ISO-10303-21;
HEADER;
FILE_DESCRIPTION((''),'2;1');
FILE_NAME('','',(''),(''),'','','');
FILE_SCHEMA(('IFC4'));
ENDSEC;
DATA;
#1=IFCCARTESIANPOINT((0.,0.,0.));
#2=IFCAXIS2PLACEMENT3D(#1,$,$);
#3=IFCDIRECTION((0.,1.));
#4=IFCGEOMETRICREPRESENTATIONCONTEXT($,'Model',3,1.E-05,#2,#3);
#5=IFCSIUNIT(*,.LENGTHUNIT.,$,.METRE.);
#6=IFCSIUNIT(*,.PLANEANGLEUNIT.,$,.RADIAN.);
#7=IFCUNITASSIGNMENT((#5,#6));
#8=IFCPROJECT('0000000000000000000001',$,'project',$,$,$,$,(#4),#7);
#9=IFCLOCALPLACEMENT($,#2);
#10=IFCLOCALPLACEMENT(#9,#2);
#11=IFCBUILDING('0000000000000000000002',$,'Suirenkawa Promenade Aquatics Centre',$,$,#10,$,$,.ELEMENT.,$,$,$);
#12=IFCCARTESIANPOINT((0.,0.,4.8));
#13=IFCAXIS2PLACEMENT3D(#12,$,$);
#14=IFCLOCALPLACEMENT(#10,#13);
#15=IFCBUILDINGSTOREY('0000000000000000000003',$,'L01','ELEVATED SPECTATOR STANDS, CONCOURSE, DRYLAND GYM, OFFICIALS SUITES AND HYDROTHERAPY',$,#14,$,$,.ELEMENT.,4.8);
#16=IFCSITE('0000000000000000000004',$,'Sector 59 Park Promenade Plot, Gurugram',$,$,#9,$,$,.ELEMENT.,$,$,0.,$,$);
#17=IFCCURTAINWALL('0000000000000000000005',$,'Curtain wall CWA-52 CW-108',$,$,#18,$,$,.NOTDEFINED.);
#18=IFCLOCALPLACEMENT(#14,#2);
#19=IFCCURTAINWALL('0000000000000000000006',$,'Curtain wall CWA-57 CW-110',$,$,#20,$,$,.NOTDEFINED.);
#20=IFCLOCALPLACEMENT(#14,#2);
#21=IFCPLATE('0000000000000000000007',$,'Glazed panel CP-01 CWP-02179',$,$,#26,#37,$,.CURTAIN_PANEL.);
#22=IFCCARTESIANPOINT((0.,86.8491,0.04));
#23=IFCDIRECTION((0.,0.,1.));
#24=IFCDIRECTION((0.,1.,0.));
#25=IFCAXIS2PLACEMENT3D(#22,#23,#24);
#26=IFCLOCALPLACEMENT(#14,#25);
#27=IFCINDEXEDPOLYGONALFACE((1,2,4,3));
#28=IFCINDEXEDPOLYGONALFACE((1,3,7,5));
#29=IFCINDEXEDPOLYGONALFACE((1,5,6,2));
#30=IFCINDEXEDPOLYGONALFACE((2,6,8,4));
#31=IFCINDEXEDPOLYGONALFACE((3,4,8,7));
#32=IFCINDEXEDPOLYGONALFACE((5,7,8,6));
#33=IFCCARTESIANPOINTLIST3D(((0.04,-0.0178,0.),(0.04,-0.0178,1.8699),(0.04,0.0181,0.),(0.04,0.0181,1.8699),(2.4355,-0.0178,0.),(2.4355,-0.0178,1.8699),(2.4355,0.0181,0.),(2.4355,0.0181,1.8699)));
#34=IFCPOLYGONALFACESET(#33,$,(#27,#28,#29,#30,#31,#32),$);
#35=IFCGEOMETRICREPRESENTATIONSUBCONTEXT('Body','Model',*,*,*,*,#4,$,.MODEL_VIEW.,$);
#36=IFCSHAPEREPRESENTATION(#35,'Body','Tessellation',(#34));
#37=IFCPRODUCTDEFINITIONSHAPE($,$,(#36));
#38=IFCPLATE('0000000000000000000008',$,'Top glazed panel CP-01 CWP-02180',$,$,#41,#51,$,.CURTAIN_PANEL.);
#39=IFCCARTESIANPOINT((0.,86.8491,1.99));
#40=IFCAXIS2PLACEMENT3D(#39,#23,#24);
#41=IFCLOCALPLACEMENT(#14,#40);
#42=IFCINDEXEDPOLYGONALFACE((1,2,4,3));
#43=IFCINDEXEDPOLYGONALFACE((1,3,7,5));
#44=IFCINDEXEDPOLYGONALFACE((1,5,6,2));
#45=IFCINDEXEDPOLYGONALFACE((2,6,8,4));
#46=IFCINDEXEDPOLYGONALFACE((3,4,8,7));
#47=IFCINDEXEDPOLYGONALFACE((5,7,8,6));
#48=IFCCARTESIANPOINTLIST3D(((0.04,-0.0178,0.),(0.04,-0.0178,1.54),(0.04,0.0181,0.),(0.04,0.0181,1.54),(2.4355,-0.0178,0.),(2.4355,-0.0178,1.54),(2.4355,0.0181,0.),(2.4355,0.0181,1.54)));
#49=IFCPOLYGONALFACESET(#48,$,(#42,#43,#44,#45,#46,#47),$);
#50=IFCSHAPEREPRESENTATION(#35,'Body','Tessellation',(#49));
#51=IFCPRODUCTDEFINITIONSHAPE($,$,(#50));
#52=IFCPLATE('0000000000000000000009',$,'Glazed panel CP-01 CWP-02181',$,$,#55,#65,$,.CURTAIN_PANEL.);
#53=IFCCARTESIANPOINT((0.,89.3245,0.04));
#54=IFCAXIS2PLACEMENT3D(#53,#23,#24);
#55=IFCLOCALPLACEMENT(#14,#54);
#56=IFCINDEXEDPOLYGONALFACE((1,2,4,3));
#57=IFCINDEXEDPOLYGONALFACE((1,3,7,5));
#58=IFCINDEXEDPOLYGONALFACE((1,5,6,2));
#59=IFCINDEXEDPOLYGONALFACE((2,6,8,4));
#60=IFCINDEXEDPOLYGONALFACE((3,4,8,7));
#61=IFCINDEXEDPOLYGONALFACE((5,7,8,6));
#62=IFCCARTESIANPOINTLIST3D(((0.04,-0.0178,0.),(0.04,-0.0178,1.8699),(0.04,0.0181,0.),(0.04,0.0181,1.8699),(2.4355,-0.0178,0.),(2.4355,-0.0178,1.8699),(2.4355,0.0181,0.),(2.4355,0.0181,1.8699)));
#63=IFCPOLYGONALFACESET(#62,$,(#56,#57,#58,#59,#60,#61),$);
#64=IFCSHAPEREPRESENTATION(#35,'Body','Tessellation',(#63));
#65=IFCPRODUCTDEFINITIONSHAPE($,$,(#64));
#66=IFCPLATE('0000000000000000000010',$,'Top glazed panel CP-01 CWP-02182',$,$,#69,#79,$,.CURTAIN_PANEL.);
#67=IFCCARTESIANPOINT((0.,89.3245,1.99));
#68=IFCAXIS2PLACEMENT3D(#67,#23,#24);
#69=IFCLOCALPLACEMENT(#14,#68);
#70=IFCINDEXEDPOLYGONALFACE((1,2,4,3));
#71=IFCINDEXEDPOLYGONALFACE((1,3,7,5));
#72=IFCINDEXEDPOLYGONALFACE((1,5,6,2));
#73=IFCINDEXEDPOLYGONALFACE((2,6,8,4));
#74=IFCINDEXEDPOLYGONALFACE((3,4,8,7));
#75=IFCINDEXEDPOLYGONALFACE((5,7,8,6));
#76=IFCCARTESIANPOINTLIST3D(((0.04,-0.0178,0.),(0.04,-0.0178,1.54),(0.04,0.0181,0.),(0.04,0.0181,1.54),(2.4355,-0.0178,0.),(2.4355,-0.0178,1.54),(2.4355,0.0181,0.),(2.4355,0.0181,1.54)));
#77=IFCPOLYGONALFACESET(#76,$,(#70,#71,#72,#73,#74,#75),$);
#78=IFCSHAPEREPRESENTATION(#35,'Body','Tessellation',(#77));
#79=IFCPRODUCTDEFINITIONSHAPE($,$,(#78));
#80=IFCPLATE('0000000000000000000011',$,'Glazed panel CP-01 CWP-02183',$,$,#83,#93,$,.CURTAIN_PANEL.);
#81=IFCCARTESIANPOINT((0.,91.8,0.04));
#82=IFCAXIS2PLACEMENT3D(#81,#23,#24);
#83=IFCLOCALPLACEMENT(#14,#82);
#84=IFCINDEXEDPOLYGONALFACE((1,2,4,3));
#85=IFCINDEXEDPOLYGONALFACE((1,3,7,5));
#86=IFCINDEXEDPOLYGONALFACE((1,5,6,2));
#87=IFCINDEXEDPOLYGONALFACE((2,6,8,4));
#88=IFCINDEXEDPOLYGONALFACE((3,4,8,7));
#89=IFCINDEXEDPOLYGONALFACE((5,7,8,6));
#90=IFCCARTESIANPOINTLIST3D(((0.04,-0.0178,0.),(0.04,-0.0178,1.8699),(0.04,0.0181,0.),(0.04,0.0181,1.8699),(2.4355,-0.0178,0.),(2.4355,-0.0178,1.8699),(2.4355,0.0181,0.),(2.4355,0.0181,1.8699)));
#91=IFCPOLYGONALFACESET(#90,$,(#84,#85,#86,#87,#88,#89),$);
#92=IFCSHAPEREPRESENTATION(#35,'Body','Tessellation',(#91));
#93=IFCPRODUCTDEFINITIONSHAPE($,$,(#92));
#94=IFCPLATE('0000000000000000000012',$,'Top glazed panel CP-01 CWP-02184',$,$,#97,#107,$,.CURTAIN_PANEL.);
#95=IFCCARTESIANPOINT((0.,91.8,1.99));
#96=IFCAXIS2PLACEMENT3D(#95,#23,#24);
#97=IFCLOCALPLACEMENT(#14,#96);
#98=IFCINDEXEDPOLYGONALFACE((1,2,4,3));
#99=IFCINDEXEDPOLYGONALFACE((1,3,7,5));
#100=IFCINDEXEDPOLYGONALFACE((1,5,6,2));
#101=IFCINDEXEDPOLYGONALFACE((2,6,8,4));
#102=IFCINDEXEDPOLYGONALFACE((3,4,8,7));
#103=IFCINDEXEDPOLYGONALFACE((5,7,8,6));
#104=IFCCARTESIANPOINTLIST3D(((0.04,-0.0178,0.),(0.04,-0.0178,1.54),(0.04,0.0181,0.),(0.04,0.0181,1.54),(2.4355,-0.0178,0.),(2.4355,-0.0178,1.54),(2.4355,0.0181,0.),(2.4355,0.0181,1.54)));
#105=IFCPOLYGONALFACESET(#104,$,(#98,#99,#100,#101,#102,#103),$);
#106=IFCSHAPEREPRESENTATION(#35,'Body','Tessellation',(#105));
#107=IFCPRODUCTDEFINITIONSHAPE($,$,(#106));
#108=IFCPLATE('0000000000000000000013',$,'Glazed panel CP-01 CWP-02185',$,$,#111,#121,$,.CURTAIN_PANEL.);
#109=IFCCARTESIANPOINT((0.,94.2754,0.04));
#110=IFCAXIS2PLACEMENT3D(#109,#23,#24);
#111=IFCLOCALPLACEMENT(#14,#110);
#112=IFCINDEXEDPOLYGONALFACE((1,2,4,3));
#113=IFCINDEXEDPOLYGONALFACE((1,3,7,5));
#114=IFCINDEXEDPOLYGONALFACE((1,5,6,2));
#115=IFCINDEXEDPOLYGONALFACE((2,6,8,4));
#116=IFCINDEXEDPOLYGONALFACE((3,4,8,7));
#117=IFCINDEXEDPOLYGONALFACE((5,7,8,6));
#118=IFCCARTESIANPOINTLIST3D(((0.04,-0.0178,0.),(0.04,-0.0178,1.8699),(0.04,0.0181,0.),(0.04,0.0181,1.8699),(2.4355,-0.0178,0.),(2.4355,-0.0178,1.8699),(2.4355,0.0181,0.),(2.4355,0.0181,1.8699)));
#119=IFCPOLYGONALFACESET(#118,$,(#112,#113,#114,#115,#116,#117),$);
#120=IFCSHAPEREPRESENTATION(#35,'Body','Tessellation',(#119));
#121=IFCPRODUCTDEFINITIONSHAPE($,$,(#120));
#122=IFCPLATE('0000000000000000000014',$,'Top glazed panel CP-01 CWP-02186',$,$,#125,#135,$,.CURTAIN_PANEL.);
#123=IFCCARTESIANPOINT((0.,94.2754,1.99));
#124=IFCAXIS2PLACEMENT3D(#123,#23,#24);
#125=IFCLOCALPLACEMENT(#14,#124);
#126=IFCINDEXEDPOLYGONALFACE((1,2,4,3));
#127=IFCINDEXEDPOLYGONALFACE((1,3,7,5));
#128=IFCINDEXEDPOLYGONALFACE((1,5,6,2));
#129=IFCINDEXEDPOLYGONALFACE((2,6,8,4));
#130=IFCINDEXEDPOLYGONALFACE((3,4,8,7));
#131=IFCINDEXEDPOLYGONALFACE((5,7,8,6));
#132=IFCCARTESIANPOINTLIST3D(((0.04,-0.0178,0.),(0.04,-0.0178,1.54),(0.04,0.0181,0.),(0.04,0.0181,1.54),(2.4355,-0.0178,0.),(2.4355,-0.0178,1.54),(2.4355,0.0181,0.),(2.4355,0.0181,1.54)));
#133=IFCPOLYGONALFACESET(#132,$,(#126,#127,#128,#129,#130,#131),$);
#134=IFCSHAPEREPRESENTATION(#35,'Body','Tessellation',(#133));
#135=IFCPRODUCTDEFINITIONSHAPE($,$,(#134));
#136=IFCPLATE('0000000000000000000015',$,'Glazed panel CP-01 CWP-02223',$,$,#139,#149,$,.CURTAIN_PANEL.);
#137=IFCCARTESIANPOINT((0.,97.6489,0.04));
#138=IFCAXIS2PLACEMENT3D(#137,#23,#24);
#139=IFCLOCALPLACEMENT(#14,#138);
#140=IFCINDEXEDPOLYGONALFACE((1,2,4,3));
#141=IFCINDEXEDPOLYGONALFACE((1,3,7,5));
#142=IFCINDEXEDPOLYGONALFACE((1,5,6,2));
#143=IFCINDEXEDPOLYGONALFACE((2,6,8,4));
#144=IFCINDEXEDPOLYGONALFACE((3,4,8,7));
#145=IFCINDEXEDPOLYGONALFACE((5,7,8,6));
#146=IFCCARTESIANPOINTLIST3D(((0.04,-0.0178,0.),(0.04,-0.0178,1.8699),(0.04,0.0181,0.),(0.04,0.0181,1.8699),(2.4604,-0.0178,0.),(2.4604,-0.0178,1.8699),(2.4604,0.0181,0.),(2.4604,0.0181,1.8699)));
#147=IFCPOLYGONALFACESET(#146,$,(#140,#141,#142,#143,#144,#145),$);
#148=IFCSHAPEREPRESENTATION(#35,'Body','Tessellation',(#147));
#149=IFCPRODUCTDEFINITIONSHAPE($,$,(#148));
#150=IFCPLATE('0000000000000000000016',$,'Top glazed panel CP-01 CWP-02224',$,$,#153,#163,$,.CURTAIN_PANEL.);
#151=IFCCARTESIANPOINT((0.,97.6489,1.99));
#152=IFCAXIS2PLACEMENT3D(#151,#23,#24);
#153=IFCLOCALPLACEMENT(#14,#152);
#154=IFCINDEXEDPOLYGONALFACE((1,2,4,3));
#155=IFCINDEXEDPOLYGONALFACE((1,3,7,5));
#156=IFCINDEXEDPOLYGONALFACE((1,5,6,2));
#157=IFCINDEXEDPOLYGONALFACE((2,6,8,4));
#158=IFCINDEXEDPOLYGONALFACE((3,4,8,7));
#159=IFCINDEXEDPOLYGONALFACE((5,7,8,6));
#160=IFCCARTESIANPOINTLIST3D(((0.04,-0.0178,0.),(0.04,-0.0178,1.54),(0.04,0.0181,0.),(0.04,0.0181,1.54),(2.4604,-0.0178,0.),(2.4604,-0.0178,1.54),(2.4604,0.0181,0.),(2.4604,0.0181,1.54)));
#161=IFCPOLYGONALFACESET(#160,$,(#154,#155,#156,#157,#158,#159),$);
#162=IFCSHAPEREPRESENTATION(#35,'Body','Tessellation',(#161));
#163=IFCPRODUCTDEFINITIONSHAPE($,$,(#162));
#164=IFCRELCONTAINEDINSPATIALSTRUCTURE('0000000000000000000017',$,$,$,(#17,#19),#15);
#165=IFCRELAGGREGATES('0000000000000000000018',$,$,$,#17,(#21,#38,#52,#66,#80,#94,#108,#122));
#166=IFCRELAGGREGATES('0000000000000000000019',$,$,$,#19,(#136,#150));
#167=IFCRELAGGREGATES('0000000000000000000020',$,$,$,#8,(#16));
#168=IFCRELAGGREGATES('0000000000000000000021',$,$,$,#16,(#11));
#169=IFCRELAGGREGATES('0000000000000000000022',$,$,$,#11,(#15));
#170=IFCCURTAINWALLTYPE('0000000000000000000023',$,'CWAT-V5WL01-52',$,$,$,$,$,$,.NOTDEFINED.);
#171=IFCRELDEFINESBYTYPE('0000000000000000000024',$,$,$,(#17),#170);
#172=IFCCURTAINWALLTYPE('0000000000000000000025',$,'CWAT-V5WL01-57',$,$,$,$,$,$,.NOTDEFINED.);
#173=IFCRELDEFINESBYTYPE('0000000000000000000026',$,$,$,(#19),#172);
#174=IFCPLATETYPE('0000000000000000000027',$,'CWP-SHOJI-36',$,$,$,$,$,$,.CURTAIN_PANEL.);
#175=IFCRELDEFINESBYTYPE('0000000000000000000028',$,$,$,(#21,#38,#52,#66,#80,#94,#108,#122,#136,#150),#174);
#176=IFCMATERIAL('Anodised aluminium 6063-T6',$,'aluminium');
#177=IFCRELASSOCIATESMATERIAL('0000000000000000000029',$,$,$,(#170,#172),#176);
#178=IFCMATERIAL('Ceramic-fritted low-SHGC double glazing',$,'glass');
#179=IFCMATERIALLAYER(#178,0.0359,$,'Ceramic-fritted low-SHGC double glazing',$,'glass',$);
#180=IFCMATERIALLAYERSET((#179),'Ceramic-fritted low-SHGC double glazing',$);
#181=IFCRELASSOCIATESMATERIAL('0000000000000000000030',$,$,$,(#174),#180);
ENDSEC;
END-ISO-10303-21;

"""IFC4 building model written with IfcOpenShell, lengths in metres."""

from ifc_helpers import new_model, si_unit, direction, frame, origin, place, context, subcontext, project, spatial, polyline, outline, extrude, material, layer, layer_set, type_object, element, aggregate, save


model = new_model("IFC4")

# Units and contexts
model_context = context("Model", 3, precision=1e-05, world=origin(), true_north=direction((0.0, 1.0)))
body_context = subcontext(model_context, "Body", "Model", "MODEL_VIEW")
ifc_project = project(units=[si_unit("LENGTHUNIT", "METRE"), si_unit("PLANEANGLEUNIT", "RADIAN")], contexts=[model_context])

# Site, building, storey
site_placement = place(None, origin())
site = spatial("IfcSite", under=ifc_project, at=site_placement, Name="Sector 59 Park Promenade Plot, Gurugram", CompositionType="ELEMENT", RefElevation=0.0)
building_placement = place(site_placement, origin())
building = spatial("IfcBuilding", under=site, at=building_placement, Name="Suirenkawa Promenade Aquatics Centre", CompositionType="ELEMENT")
storey_placement = place(building_placement, frame((0.0, 0.0, 4.8)))
storey = spatial("IfcBuildingStorey", under=building, at=storey_placement, Name="L01", Description="ELEVATED SPECTATOR STANDS, CONCOURSE, DRYLAND GYM, OFFICIALS SUITES AND HYDROTHERAPY", CompositionType="ELEMENT", Elevation=4.8)

# Curtain wall
ifc_material_1 = material(Name="Anodised aluminium 6063-T6", Category="aluminium")
curtain_wall_type_1 = type_object("IfcCurtainWallType", Name="CWAT-V5WL01-52", PredefinedType="NOTDEFINED", material=ifc_material_1)
curtain_wall_1_placement = place(storey_placement, origin())
curtain_wall_1 = element("IfcCurtainWall", 1, at=curtain_wall_1_placement, inside=storey, type_object=curtain_wall_type_1, Name="Curtain wall CWA-52 CW-108", PredefinedType="NOTDEFINED")

# Curtain wall
curtain_wall_type_2 = type_object("IfcCurtainWallType", Name="CWAT-V5WL01-57", PredefinedType="NOTDEFINED", material=ifc_material_1)
curtain_wall_2_placement = place(storey_placement, origin())
curtain_wall_2 = element("IfcCurtainWall", 2, at=curtain_wall_2_placement, inside=storey, type_object=curtain_wall_type_2, Name="Curtain wall CWA-57 CW-110", PredefinedType="NOTDEFINED")

# Plates
ifc_material_2 = material(Name="Ceramic-fritted low-SHGC double glazing", Category="glass")
ifc_layer_1 = layer(ifc_material_2, 0.0359, Name="Ceramic-fritted low-SHGC double glazing", Category="glass")
ifc_layer_set_1 = layer_set([ifc_layer_1], Name="Ceramic-fritted low-SHGC double glazing")
plate_type = type_object("IfcPlateType", Name="CWP-SHOJI-36", PredefinedType="CURTAIN_PANEL", material=ifc_layer_set_1)
plate_1_placement = place(storey_placement, frame((0.0, 86.8491, 0.04), z_axis=(0.0, 0.0, 1.0), x_axis=(0.0, 1.0, 0.0)))
plate_1 = element("IfcPlate", 3, at=plate_1_placement, type_object=plate_type, Name="Glazed panel CP-01 CWP-02179", PredefinedType="CURTAIN_PANEL", context=body_context, shape_type="SweptSolid", body=[
    extrude(outline(polyline([(0.04, 0.0), (2.4355, 0.0), (2.4355, 1.8699), (0.04, 1.8699), (0.04, 0.0)])), frame((0.0, 0.0181, 0.0), z_axis=(0.0, -1.0, 0.0), x_axis=(1.0, 0.0, 0.0)), (0.0, 0.0, 1.0), 0.0359),
])
plate_2_placement = place(storey_placement, frame((0.0, 86.8491, 1.99), z_axis=(0.0, 0.0, 1.0), x_axis=(0.0, 1.0, 0.0)))
plate_2 = element("IfcPlate", 4, at=plate_2_placement, type_object=plate_type, Name="Top glazed panel CP-01 CWP-02180", PredefinedType="CURTAIN_PANEL", context=body_context, shape_type="SweptSolid", body=[
    extrude(outline(polyline([(0.04, 0.0), (2.4355, 0.0), (2.4355, 1.54), (0.04, 1.54), (0.04, 0.0)])), frame((0.0, 0.0181, 0.0), z_axis=(0.0, -1.0, 0.0), x_axis=(1.0, 0.0, 0.0)), (0.0, 0.0, 1.0), 0.0359),
])
plate_3_placement = place(storey_placement, frame((0.0, 89.3245, 0.04), z_axis=(0.0, 0.0, 1.0), x_axis=(0.0, 1.0, 0.0)))
plate_3 = element("IfcPlate", 5, at=plate_3_placement, type_object=plate_type, Name="Glazed panel CP-01 CWP-02181", PredefinedType="CURTAIN_PANEL", context=body_context, shape_type="SweptSolid", body=[
    extrude(outline(polyline([(0.04, 0.0), (2.4355, 0.0), (2.4355, 1.8699), (0.04, 1.8699), (0.04, 0.0)])), frame((0.0, 0.0181, 0.0), z_axis=(0.0, -1.0, 0.0), x_axis=(1.0, 0.0, 0.0)), (0.0, 0.0, 1.0), 0.0359),
])
plate_4_placement = place(storey_placement, frame((0.0, 89.3245, 1.99), z_axis=(0.0, 0.0, 1.0), x_axis=(0.0, 1.0, 0.0)))
plate_4 = element("IfcPlate", 6, at=plate_4_placement, type_object=plate_type, Name="Top glazed panel CP-01 CWP-02182", PredefinedType="CURTAIN_PANEL", context=body_context, shape_type="SweptSolid", body=[
    extrude(outline(polyline([(0.04, 0.0), (2.4355, 0.0), (2.4355, 1.54), (0.04, 1.54), (0.04, 0.0)])), frame((0.0, 0.0181, 0.0), z_axis=(0.0, -1.0, 0.0), x_axis=(1.0, 0.0, 0.0)), (0.0, 0.0, 1.0), 0.0359),
])
plate_5_placement = place(storey_placement, frame((0.0, 91.8, 0.04), z_axis=(0.0, 0.0, 1.0), x_axis=(0.0, 1.0, 0.0)))
plate_5 = element("IfcPlate", 7, at=plate_5_placement, type_object=plate_type, Name="Glazed panel CP-01 CWP-02183", PredefinedType="CURTAIN_PANEL", context=body_context, shape_type="SweptSolid", body=[
    extrude(outline(polyline([(0.04, 0.0), (2.4355, 0.0), (2.4355, 1.8699), (0.04, 1.8699), (0.04, 0.0)])), frame((0.0, 0.0181, 0.0), z_axis=(0.0, -1.0, 0.0), x_axis=(1.0, 0.0, 0.0)), (0.0, 0.0, 1.0), 0.0359),
])
plate_6_placement = place(storey_placement, frame((0.0, 91.8, 1.99), z_axis=(0.0, 0.0, 1.0), x_axis=(0.0, 1.0, 0.0)))
plate_6 = element("IfcPlate", 8, at=plate_6_placement, type_object=plate_type, Name="Top glazed panel CP-01 CWP-02184", PredefinedType="CURTAIN_PANEL", context=body_context, shape_type="SweptSolid", body=[
    extrude(outline(polyline([(0.04, 0.0), (2.4355, 0.0), (2.4355, 1.54), (0.04, 1.54), (0.04, 0.0)])), frame((0.0, 0.0181, 0.0), z_axis=(0.0, -1.0, 0.0), x_axis=(1.0, 0.0, 0.0)), (0.0, 0.0, 1.0), 0.0359),
])
plate_7_placement = place(storey_placement, frame((0.0, 94.2754, 0.04), z_axis=(0.0, 0.0, 1.0), x_axis=(0.0, 1.0, 0.0)))
plate_7 = element("IfcPlate", 9, at=plate_7_placement, type_object=plate_type, Name="Glazed panel CP-01 CWP-02185", PredefinedType="CURTAIN_PANEL", context=body_context, shape_type="SweptSolid", body=[
    extrude(outline(polyline([(0.04, 0.0), (2.4355, 0.0), (2.4355, 1.8699), (0.04, 1.8699), (0.04, 0.0)])), frame((0.0, 0.0181, 0.0), z_axis=(0.0, -1.0, 0.0), x_axis=(1.0, 0.0, 0.0)), (0.0, 0.0, 1.0), 0.0359),
])
plate_8_placement = place(storey_placement, frame((0.0, 94.2754, 1.99), z_axis=(0.0, 0.0, 1.0), x_axis=(0.0, 1.0, 0.0)))
plate_8 = element("IfcPlate", 10, at=plate_8_placement, type_object=plate_type, Name="Top glazed panel CP-01 CWP-02186", PredefinedType="CURTAIN_PANEL", context=body_context, shape_type="SweptSolid", body=[
    extrude(outline(polyline([(0.04, 0.0), (2.4355, 0.0), (2.4355, 1.54), (0.04, 1.54), (0.04, 0.0)])), frame((0.0, 0.0181, 0.0), z_axis=(0.0, -1.0, 0.0), x_axis=(1.0, 0.0, 0.0)), (0.0, 0.0, 1.0), 0.0359),
])
aggregate(curtain_wall_1, [plate_1, plate_2, plate_3, plate_4, plate_5, plate_6, plate_7, plate_8])
plate_9_placement = place(storey_placement, frame((0.0, 97.6489, 0.04), z_axis=(0.0, 0.0, 1.0), x_axis=(0.0, 1.0, 0.0)))
plate_9 = element("IfcPlate", 11, at=plate_9_placement, type_object=plate_type, Name="Glazed panel CP-01 CWP-02223", PredefinedType="CURTAIN_PANEL", context=body_context, shape_type="SweptSolid", body=[
    extrude(outline(polyline([(0.04, 0.0), (2.4604, 0.0), (2.4604, 1.8699), (0.04, 1.8699), (0.04, 0.0)])), frame((0.0, 0.0181, 0.0), z_axis=(0.0, -1.0, 0.0), x_axis=(1.0, 0.0, 0.0)), (0.0, 0.0, 1.0), 0.0359),
])
plate_10_placement = place(storey_placement, frame((0.0, 97.6489, 1.99), z_axis=(0.0, 0.0, 1.0), x_axis=(0.0, 1.0, 0.0)))
plate_10 = element("IfcPlate", 12, at=plate_10_placement, type_object=plate_type, Name="Top glazed panel CP-01 CWP-02224", PredefinedType="CURTAIN_PANEL", context=body_context, shape_type="SweptSolid", body=[
    extrude(outline(polyline([(0.04, 0.0), (2.4604, 0.0), (2.4604, 1.54), (0.04, 1.54), (0.04, 0.0)])), frame((0.0, 0.0181, 0.0), z_axis=(0.0, -1.0, 0.0), x_axis=(1.0, 0.0, 0.0)), (0.0, 0.0, 1.0), 0.0359),
])
aggregate(curtain_wall_2, [plate_9, plate_10])

save(model, "model.ifc")
